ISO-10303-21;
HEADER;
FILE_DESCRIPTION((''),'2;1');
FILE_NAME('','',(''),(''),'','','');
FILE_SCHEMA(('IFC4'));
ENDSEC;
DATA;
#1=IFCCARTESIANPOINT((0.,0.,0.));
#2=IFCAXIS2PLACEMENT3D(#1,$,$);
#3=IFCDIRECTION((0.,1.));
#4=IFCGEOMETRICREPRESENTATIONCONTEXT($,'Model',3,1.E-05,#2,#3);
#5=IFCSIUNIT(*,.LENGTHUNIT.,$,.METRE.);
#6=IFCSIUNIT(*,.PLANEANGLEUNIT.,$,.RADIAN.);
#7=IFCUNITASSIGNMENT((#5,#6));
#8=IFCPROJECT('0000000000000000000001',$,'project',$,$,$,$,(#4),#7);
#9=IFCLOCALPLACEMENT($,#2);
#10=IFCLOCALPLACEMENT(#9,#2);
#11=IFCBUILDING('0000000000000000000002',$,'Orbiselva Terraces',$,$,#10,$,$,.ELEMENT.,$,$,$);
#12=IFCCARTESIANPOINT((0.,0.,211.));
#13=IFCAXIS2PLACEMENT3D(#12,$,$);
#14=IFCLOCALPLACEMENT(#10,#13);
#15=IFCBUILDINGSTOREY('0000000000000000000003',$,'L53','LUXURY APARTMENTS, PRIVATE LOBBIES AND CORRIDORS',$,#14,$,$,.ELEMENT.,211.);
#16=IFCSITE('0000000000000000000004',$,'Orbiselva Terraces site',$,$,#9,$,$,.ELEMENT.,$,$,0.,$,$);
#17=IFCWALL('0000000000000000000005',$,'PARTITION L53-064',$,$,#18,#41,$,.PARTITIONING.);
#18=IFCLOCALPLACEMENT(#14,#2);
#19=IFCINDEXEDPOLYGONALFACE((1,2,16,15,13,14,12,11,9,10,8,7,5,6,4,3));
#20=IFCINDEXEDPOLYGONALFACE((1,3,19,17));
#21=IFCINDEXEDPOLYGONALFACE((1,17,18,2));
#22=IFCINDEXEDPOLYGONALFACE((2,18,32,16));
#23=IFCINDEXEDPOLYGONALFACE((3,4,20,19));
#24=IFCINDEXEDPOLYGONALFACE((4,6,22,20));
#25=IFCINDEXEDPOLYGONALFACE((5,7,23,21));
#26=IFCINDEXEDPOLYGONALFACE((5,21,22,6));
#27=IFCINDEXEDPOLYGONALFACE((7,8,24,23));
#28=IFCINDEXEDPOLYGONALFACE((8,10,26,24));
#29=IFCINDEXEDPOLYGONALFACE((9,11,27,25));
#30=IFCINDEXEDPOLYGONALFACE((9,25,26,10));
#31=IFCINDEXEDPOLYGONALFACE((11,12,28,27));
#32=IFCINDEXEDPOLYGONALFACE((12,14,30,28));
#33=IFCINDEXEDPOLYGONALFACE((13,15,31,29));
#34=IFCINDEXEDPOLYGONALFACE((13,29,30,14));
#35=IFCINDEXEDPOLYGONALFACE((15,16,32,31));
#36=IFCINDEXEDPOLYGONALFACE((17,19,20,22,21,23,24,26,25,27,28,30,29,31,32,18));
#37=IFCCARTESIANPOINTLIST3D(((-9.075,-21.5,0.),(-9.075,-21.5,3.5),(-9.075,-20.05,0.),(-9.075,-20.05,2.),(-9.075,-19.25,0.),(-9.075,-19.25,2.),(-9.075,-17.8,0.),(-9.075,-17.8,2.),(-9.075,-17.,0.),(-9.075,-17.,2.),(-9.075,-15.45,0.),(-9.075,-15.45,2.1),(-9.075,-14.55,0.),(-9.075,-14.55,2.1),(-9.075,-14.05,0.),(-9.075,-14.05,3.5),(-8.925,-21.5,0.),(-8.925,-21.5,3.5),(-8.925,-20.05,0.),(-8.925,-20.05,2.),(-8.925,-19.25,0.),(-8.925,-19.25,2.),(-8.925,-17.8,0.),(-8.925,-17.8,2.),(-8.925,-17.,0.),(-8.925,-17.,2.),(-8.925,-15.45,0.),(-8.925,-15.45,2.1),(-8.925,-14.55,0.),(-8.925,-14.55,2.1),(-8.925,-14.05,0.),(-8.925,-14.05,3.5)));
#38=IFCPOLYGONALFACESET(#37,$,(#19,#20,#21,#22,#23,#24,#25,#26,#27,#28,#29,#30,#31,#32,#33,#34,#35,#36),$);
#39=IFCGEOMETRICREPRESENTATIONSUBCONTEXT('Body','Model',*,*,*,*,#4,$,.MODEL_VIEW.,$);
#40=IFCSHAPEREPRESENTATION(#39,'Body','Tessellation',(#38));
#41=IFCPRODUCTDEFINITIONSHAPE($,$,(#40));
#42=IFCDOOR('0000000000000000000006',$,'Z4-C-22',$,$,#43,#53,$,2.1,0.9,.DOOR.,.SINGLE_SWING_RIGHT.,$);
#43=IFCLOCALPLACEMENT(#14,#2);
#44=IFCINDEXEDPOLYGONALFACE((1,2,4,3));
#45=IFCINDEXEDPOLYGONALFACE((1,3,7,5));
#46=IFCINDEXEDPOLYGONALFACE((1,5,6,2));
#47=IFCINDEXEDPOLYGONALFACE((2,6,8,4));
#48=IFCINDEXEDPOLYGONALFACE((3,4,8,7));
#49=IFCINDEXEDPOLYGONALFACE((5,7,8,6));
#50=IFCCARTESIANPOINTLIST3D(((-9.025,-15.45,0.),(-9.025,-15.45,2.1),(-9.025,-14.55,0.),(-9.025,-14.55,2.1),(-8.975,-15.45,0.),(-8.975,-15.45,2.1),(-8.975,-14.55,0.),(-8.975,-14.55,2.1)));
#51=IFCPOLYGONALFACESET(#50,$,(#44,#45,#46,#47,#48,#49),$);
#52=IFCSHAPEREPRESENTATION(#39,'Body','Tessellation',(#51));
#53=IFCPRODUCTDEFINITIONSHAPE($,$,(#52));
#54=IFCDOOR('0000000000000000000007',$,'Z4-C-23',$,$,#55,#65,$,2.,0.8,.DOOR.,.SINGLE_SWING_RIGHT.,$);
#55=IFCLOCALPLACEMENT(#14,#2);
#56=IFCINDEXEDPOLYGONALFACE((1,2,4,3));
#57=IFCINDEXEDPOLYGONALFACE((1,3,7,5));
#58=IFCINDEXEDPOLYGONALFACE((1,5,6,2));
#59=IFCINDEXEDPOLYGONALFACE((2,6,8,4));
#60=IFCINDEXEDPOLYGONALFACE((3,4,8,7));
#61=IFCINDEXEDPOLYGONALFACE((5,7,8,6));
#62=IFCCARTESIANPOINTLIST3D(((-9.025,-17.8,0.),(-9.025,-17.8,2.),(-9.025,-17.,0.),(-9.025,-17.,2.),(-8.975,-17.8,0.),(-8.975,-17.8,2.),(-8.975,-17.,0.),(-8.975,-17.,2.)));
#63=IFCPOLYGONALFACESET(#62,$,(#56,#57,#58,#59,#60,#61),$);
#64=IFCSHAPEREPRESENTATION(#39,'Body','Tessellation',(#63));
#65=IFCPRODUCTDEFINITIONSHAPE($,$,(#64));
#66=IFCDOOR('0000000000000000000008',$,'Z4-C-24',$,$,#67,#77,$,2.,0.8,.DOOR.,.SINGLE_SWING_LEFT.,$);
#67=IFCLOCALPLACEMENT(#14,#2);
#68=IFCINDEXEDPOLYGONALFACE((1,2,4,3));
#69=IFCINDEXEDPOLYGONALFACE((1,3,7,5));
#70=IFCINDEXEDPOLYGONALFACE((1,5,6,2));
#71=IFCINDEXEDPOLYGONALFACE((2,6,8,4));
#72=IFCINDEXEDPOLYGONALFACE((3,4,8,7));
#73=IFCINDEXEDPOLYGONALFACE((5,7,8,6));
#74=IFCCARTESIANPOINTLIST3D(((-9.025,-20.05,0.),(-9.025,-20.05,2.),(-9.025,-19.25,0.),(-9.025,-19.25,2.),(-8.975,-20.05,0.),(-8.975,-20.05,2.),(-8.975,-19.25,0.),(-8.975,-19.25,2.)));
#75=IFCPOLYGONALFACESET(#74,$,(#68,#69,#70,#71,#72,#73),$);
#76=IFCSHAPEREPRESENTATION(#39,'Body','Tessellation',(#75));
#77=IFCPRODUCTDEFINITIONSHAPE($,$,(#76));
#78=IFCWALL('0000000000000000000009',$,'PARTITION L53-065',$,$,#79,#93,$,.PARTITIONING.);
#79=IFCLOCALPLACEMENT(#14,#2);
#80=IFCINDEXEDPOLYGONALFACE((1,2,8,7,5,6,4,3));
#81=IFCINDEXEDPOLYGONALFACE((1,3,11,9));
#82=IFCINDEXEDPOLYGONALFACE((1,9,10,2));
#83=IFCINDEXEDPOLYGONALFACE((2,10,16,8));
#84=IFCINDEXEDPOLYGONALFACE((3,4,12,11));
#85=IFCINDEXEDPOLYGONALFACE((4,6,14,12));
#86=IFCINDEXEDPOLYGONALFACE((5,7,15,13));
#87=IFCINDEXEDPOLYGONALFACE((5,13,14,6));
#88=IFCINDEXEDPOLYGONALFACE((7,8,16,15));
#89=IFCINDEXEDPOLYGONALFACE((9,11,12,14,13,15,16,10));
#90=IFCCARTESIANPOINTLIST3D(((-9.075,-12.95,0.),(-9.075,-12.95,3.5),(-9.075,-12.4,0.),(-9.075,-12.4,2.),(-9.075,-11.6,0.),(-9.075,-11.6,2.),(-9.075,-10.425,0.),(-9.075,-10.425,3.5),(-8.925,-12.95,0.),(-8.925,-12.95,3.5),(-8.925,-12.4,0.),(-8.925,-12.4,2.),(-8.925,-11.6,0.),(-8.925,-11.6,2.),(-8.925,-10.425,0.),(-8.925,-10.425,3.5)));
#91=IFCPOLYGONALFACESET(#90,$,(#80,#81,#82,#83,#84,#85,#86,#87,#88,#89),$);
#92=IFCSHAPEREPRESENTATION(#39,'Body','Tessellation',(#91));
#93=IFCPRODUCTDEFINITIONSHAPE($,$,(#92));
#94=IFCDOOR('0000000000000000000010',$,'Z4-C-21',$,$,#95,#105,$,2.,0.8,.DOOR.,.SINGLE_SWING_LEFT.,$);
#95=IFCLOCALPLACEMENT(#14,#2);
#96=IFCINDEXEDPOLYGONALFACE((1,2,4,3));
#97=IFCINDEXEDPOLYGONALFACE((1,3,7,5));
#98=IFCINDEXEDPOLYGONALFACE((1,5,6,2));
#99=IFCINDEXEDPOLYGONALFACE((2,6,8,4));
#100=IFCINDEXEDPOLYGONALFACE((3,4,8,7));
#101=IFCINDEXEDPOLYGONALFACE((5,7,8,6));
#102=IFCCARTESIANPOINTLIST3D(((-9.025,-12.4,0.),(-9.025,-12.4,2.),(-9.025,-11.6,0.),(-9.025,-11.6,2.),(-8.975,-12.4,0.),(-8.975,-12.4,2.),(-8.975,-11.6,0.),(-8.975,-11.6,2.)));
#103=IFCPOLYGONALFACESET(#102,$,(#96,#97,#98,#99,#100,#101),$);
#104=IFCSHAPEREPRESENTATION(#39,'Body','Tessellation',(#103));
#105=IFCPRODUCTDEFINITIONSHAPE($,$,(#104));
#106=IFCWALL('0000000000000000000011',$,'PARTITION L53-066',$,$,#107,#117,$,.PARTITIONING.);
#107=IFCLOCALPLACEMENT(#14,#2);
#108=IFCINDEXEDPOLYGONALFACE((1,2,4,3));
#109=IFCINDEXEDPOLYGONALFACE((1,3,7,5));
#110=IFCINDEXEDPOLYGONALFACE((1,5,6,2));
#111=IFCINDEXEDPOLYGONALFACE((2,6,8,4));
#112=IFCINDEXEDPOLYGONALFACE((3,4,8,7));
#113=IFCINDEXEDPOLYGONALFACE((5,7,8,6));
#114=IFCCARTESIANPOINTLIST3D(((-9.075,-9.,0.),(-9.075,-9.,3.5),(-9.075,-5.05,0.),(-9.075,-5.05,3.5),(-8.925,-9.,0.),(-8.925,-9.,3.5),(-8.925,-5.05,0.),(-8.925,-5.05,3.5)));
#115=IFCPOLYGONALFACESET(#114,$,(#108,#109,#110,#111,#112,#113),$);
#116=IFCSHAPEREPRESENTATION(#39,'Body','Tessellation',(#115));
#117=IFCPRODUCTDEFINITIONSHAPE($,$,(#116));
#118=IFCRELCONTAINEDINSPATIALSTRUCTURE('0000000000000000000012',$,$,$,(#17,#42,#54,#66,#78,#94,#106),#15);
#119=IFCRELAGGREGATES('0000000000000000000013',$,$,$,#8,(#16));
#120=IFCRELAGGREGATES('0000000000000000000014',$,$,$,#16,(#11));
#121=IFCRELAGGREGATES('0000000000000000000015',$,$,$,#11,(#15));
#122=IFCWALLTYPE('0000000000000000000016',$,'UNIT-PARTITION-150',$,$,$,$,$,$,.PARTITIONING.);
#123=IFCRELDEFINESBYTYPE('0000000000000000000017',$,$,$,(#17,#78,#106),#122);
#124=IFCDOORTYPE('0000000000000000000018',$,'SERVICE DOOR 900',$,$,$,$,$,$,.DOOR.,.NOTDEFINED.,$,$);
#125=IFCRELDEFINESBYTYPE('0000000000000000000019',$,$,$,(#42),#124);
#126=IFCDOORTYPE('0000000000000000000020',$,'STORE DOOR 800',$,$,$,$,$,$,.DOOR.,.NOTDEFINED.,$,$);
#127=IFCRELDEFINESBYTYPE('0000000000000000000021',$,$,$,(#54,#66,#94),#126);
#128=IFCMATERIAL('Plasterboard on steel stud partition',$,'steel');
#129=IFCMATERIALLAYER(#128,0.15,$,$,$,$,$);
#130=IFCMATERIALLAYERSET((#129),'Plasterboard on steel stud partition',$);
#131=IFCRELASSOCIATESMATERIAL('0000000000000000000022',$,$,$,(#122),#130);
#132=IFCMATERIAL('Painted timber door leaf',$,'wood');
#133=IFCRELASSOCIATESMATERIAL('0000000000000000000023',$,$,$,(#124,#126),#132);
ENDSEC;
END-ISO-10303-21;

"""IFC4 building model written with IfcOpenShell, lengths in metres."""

from ifc_helpers import new_model, si_unit, direction, frame, frame_2d, origin, place, context, subcontext, project, spatial, rectangle, extrude, material, layer, layer_set, type_object, element, fill, save


model = new_model("IFC4")

# Units and contexts
model_context = context("Model", 3, precision=1e-05, world=origin(), true_north=direction((0.0, 1.0)))
body_context = subcontext(model_context, "Body", "Model", "MODEL_VIEW")
ifc_project = project(units=[si_unit("LENGTHUNIT", "METRE"), si_unit("PLANEANGLEUNIT", "RADIAN")], contexts=[model_context])

# Site, building, storey
site_placement = place(None, origin())
site = spatial("IfcSite", under=ifc_project, at=site_placement, Name="Orbiselva Terraces site", CompositionType="ELEMENT", RefElevation=0.0)
building_placement = place(site_placement, origin())
building = spatial("IfcBuilding", under=site, at=building_placement, Name="Orbiselva Terraces", CompositionType="ELEMENT")
storey_placement = place(building_placement, frame((0.0, 0.0, 211.0)))
storey = spatial("IfcBuildingStorey", under=building, at=storey_placement, Name="L53", Description="LUXURY APARTMENTS, PRIVATE LOBBIES AND CORRIDORS", CompositionType="ELEMENT", Elevation=211.0)

# Shared definitions
ifc_material_1 = material(Name="Plasterboard on steel stud partition", Category="steel")
ifc_material_2 = material(Name="Painted timber door leaf", Category="wood")

# Shared definitions
ifc_layer_1 = layer(ifc_material_1, 0.15)
ifc_layer_set_1 = layer_set([ifc_layer_1], Name="Plasterboard on steel stud partition")
wall_type_1 = type_object("IfcWallType", Name="UNIT-PARTITION-150", PredefinedType="PARTITIONING", material=ifc_layer_set_1)

# Wall, openings, doors
wall_1_placement = place(storey_placement, frame((-9.0, -21.5, 0.0), z_axis=(0.0, 0.0, 1.0), x_axis=(0.0, 1.0, 0.0)))
wall_1 = element("IfcWall", 1, at=wall_1_placement, inside=storey, type_object=wall_type_1, Name="PARTITION L53-064", PredefinedType="PARTITIONING", context=body_context, shape_type="SweptSolid", body=[
    extrude(rectangle(XDim=7.45, YDim=0.15, at=frame_2d((3.725, 0.0))), origin(), (0.0, 0.0, 1.0), 3.5),
])
opening_1_placement = place(wall_1_placement, frame((6.05, 0.0, 0.0)))
opening_1 = element("IfcOpeningElement", 2, at=opening_1_placement, cuts=wall_1, PredefinedType="OPENING", context=body_context, shape_type="SweptSolid", body=[
    extrude(rectangle(XDim=0.9, YDim=2.1, at=frame_2d((0.45, 1.05))), frame((0.0, 0.085, 0.0), z_axis=(0.0, -1.0, 0.0), x_axis=(1.0, 0.0, 0.0)), (0.0, 0.0, 1.0), 0.17),
])
opening_2_placement = place(wall_1_placement, frame((3.7, 0.0, 0.0)))
opening_2 = element("IfcOpeningElement", 3, at=opening_2_placement, cuts=wall_1, PredefinedType="OPENING", context=body_context, shape_type="SweptSolid", body=[
    extrude(rectangle(XDim=0.8, YDim=2.0, at=frame_2d((0.4, 1.0))), frame((0.0, 0.085, 0.0), z_axis=(0.0, -1.0, 0.0), x_axis=(1.0, 0.0, 0.0)), (0.0, 0.0, 1.0), 0.17),
])
opening_3_placement = place(wall_1_placement, frame((1.45, 0.0, 0.0)))
opening_3 = element("IfcOpeningElement", 4, at=opening_3_placement, cuts=wall_1, PredefinedType="OPENING", context=body_context, shape_type="SweptSolid", body=[
    extrude(rectangle(XDim=0.8, YDim=2.0, at=frame_2d((0.4, 1.0))), frame((0.0, 0.085, 0.0), z_axis=(0.0, -1.0, 0.0), x_axis=(1.0, 0.0, 0.0)), (0.0, 0.0, 1.0), 0.17),
])
door_type_1 = type_object("IfcDoorType", Name="SERVICE DOOR 900", OperationType="NOTDEFINED", PredefinedType="DOOR", material=ifc_material_2)
door_1_placement = place(opening_1_placement, origin())
door_1 = element("IfcDoor", 5, at=door_1_placement, inside=storey, type_object=door_type_1, Name="Z4-C-22", OperationType="SINGLE_SWING_RIGHT", OverallHeight=2.1, OverallWidth=0.9, PredefinedType="DOOR", context=body_context, shape_type="SweptSolid", body=[
    extrude(rectangle(XDim=0.9, YDim=2.1, at=frame_2d((0.45, 1.05))), frame((0.0, 0.025, 0.0), z_axis=(0.0, -1.0, 0.0), x_axis=(1.0, 0.0, 0.0)), (0.0, 0.0, 1.0), 0.05),
])
fill(opening_1, door_1)
door_type_2 = type_object("IfcDoorType", Name="STORE DOOR 800", OperationType="NOTDEFINED", PredefinedType="DOOR", material=ifc_material_2)
door_2_placement = place(opening_2_placement, origin())
door_2 = element("IfcDoor", 6, at=door_2_placement, inside=storey, type_object=door_type_2, Name="Z4-C-23", OperationType="SINGLE_SWING_RIGHT", OverallHeight=2.0, OverallWidth=0.8, PredefinedType="DOOR", context=body_context, shape_type="SweptSolid", body=[
    extrude(rectangle(XDim=0.8, YDim=2.0, at=frame_2d((0.4, 1.0))), frame((0.0, 0.025, 0.0), z_axis=(0.0, -1.0, 0.0), x_axis=(1.0, 0.0, 0.0)), (0.0, 0.0, 1.0), 0.05),
])
fill(opening_2, door_2)
door_3_placement = place(opening_3_placement, origin())
door_3 = element("IfcDoor", 7, at=door_3_placement, inside=storey, type_object=door_type_2, Name="Z4-C-24", OperationType="SINGLE_SWING_LEFT", OverallHeight=2.0, OverallWidth=0.8, PredefinedType="DOOR", context=body_context, shape_type="SweptSolid", body=[
    extrude(rectangle(XDim=0.8, YDim=2.0, at=frame_2d((0.4, 1.0))), frame((0.0, 0.025, 0.0), z_axis=(0.0, -1.0, 0.0), x_axis=(1.0, 0.0, 0.0)), (0.0, 0.0, 1.0), 0.05),
])
fill(opening_3, door_3)

# Wall, opening, door
wall_2_placement = place(storey_placement, frame((-9.0, -12.95, 0.0), z_axis=(0.0, 0.0, 1.0), x_axis=(0.0, 1.0, 0.0)))
wall_2 = element("IfcWall", 8, at=wall_2_placement, inside=storey, type_object=wall_type_1, Name="PARTITION L53-065", PredefinedType="PARTITIONING", context=body_context, shape_type="SweptSolid", body=[
    extrude(rectangle(XDim=2.525, YDim=0.15, at=frame_2d((1.2625, 0.0))), origin(), (0.0, 0.0, 1.0), 3.5),
])
opening_4_placement = place(wall_2_placement, frame((0.55, 0.0, 0.0)))
opening_4 = element("IfcOpeningElement", 9, at=opening_4_placement, cuts=wall_2, PredefinedType="OPENING", context=body_context, shape_type="SweptSolid", body=[
    extrude(rectangle(XDim=0.8, YDim=2.0, at=frame_2d((0.4, 1.0))), frame((0.0, 0.085, 0.0), z_axis=(0.0, -1.0, 0.0), x_axis=(1.0, 0.0, 0.0)), (0.0, 0.0, 1.0), 0.17),
])
door_4_placement = place(opening_4_placement, origin())
door_4 = element("IfcDoor", 10, at=door_4_placement, inside=storey, type_object=door_type_2, Name="Z4-C-21", OperationType="SINGLE_SWING_LEFT", OverallHeight=2.0, OverallWidth=0.8, PredefinedType="DOOR", context=body_context, shape_type="SweptSolid", body=[
    extrude(rectangle(XDim=0.8, YDim=2.0, at=frame_2d((0.4, 1.0))), frame((0.0, 0.025, 0.0), z_axis=(0.0, -1.0, 0.0), x_axis=(1.0, 0.0, 0.0)), (0.0, 0.0, 1.0), 0.05),
])
fill(opening_4, door_4)

# Wall
wall_3_placement = place(storey_placement, frame((-9.0, -9.0, 0.0), z_axis=(0.0, 0.0, 1.0), x_axis=(0.0, 1.0, 0.0)))
element("IfcWall", 11, at=wall_3_placement, inside=storey, type_object=wall_type_1, Name="PARTITION L53-066", PredefinedType="PARTITIONING", context=body_context, shape_type="SweptSolid", body=[
    extrude(rectangle(XDim=3.95, YDim=0.15, at=frame_2d((1.975, 0.0))), origin(), (0.0, 0.0, 1.0), 3.5),
])

save(model, "model.ifc")
